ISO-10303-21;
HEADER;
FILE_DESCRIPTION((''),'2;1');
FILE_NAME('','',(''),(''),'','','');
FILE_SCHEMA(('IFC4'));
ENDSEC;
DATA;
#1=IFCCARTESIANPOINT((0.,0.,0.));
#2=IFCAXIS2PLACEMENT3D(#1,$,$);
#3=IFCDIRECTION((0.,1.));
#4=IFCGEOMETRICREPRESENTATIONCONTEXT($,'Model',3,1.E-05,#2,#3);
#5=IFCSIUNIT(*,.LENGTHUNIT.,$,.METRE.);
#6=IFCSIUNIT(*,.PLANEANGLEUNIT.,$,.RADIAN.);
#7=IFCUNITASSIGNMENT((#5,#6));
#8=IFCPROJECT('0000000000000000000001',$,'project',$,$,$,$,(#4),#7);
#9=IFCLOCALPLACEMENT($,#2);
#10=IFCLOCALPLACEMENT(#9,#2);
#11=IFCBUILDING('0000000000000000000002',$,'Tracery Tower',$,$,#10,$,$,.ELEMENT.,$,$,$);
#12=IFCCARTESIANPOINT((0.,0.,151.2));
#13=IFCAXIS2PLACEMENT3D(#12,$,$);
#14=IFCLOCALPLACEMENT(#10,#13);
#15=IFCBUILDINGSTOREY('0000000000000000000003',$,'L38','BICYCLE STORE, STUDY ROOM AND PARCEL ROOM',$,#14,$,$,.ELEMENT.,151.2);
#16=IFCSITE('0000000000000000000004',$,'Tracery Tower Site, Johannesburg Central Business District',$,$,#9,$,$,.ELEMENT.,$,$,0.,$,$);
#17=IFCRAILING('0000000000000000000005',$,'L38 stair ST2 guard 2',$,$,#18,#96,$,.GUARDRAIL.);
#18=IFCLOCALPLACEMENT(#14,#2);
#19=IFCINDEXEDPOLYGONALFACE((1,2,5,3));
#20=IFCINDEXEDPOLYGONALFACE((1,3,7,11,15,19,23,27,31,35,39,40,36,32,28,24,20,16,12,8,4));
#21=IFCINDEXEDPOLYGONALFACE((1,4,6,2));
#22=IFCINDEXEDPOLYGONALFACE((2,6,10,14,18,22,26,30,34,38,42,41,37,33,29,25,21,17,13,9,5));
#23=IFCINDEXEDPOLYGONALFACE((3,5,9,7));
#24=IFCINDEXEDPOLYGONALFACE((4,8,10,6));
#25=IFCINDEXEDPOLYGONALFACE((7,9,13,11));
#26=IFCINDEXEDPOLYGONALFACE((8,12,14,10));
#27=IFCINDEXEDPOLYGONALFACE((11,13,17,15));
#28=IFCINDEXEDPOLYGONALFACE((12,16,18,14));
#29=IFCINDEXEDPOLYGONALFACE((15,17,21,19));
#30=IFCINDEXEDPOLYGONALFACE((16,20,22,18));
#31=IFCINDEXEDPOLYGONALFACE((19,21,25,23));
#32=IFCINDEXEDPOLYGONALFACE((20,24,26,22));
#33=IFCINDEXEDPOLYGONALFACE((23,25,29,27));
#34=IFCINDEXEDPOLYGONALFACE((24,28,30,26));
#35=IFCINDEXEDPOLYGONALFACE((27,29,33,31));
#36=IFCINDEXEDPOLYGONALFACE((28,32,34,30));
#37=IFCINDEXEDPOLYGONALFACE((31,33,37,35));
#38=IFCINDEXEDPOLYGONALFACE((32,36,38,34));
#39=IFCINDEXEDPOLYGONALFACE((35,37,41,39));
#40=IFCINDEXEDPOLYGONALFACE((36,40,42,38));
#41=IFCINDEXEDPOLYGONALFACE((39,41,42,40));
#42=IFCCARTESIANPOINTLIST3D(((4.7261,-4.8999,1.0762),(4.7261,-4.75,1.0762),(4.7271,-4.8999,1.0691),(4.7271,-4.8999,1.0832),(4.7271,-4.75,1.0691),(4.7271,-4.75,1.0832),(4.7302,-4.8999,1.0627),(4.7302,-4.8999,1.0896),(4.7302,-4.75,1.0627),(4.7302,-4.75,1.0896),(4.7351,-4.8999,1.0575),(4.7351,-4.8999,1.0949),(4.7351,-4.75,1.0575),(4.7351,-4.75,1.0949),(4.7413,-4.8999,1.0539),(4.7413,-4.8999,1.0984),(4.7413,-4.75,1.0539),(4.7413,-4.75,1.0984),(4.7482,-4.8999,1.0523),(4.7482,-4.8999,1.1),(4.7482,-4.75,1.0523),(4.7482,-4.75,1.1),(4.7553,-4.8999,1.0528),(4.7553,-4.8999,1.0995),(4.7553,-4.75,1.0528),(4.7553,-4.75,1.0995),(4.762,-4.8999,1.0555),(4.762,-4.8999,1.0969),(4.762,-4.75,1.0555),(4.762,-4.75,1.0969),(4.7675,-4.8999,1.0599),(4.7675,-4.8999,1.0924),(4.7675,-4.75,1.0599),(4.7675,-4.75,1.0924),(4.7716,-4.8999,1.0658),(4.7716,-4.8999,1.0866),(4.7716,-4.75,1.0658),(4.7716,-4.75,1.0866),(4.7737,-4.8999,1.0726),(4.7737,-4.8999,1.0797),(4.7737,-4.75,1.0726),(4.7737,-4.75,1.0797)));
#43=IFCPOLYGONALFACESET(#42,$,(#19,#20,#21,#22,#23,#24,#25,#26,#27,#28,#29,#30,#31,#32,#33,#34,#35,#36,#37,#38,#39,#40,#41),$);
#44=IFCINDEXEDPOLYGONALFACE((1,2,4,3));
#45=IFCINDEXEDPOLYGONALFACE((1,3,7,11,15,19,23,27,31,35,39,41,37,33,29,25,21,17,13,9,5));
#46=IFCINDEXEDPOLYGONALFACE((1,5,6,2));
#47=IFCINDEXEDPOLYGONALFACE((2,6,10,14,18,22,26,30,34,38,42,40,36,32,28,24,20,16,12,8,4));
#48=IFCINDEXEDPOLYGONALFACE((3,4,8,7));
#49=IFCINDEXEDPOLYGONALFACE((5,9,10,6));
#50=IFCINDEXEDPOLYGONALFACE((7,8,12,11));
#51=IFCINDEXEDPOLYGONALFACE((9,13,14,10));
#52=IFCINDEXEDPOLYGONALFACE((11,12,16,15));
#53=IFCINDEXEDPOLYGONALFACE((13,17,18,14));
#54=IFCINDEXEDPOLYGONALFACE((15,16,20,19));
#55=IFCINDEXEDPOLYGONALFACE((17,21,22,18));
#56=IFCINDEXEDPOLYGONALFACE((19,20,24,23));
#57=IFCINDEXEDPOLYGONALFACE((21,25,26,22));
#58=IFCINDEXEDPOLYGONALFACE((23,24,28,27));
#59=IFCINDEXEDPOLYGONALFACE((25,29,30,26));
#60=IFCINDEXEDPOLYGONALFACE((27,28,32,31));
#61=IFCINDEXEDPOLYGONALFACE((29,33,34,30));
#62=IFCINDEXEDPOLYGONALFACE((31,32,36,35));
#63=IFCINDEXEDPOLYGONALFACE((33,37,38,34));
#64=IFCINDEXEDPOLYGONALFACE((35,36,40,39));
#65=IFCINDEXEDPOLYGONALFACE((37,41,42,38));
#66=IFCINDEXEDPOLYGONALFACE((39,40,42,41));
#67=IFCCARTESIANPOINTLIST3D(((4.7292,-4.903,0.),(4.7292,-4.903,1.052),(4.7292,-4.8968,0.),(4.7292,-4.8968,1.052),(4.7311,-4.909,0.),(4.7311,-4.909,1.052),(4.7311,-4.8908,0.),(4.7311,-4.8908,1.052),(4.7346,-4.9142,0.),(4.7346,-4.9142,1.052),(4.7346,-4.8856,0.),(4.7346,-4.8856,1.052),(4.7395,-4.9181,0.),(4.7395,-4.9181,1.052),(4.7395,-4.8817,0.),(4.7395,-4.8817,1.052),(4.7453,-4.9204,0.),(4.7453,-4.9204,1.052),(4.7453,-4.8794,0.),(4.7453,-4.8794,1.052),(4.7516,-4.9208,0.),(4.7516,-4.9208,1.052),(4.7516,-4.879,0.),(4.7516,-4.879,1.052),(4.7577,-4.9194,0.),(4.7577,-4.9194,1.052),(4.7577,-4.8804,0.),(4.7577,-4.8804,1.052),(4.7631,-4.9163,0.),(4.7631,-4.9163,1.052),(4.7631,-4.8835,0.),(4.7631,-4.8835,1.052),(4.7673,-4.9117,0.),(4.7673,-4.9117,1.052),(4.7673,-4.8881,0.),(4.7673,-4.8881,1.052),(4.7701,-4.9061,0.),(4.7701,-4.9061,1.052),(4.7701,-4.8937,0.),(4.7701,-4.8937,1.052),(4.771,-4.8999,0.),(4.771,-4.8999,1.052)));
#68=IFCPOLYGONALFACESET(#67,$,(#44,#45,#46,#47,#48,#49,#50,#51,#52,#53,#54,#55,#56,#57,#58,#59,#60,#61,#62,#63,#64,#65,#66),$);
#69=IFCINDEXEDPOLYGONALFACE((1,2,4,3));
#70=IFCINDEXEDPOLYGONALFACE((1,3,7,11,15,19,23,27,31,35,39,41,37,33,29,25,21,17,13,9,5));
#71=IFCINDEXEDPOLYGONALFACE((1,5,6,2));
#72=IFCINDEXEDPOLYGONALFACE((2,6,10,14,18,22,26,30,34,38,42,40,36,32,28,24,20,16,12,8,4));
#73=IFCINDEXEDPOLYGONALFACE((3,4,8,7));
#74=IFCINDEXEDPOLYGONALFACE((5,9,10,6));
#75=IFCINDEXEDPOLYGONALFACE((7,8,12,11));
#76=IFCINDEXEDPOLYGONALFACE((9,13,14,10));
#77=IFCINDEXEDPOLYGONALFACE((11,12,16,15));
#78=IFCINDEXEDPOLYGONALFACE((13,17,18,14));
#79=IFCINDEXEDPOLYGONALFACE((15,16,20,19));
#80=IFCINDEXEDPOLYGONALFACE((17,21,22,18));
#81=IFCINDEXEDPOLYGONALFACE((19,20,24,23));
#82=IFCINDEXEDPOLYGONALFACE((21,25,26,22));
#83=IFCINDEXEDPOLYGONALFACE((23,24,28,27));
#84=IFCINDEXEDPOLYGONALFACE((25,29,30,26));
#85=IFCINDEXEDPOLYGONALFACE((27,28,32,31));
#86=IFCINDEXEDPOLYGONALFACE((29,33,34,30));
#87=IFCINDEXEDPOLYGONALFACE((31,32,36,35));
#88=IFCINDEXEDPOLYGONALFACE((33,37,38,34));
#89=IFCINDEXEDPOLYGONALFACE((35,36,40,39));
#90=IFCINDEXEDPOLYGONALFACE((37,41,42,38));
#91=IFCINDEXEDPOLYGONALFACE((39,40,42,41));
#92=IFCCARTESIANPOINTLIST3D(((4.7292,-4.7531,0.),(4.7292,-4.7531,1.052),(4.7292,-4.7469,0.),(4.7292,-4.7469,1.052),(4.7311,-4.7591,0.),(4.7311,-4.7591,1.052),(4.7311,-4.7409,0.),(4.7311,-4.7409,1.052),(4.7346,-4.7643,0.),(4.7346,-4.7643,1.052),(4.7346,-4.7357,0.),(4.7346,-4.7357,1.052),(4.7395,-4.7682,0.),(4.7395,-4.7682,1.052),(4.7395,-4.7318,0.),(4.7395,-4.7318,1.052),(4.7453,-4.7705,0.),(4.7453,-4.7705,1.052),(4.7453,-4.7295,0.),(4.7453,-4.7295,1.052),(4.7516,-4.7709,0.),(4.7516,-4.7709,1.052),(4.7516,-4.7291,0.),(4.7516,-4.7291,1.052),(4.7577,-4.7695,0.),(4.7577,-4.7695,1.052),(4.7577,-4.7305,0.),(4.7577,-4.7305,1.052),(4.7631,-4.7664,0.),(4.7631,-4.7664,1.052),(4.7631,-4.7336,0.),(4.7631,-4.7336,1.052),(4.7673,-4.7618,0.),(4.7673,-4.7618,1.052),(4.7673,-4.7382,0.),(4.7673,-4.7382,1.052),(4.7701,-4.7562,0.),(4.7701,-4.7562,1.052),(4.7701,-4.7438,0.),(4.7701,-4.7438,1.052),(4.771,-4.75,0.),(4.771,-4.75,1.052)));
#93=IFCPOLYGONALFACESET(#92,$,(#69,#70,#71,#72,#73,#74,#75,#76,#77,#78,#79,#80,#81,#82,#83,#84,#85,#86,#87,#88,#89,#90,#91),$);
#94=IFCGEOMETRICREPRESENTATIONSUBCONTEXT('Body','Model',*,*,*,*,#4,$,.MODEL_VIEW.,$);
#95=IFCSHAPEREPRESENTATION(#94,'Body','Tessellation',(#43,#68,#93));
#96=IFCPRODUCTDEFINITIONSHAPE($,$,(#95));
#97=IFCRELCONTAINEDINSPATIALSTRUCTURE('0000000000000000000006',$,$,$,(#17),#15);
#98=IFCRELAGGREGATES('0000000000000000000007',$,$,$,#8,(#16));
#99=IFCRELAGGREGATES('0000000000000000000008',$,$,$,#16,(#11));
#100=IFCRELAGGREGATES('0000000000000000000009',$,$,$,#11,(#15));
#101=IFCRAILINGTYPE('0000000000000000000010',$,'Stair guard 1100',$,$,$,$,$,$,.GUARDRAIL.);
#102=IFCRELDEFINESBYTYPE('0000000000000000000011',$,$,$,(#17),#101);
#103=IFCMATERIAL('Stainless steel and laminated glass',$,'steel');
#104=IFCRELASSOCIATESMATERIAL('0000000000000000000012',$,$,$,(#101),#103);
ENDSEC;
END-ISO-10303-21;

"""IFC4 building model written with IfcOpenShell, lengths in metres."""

from ifc_helpers import new_model, si_unit, direction, frame, origin, origin_2d, place, context, subcontext, project, spatial, circle, extrude, material, type_object, element, save


model = new_model("IFC4")

# Units and contexts
model_context = context("Model", 3, precision=1e-05, world=origin(), true_north=direction((0.0, 1.0)))
body_context = subcontext(model_context, "Body", "Model", "MODEL_VIEW")
ifc_project = project(units=[si_unit("LENGTHUNIT", "METRE"), si_unit("PLANEANGLEUNIT", "RADIAN")], contexts=[model_context])

# Site, building, storey
site_placement = place(None, origin())
site = spatial("IfcSite", under=ifc_project, at=site_placement, Name="Tracery Tower Site, Johannesburg Central Business District", CompositionType="ELEMENT", RefElevation=0.0)
building_placement = place(site_placement, origin())
building = spatial("IfcBuilding", under=site, at=building_placement, Name="Tracery Tower", CompositionType="ELEMENT")
storey_placement = place(building_placement, frame((0.0, 0.0, 151.2)))
storey = spatial("IfcBuildingStorey", under=building, at=storey_placement, Name="L38", Description="BICYCLE STORE, STUDY ROOM AND PARCEL ROOM", CompositionType="ELEMENT", Elevation=151.2)

# Railing
ifc_material_1 = material(Name="Stainless steel and laminated glass", Category="steel")
railing_type_1 = type_object("IfcRailingType", Name="Stair guard 1100", PredefinedType="GUARDRAIL", material=ifc_material_1)
railing_1_placement = place(storey_placement, frame((4.75, -4.8999, 0.0)))
element("IfcRailing", 1, at=railing_1_placement, inside=storey, type_object=railing_type_1, Name="L38 stair ST2 guard 2", PredefinedType="GUARDRAIL", context=body_context, shape_type="SweptSolid", body=[
    extrude(circle(Radius=0.0239, at=origin_2d()), frame((0.0, 0.0, 1.0762), z_axis=(0.0, 1.0, 0.0), x_axis=(-1.0, 0.0, 0.0)), (0.0, 0.0, 1.0), 0.1499),
    extrude(circle(Radius=0.021, at=origin_2d()), origin(), (0.0, 0.0, 1.0), 1.052),
    extrude(circle(Radius=0.021, at=origin_2d()), frame((0.0, 0.1499, 0.0)), (0.0, 0.0, 1.0), 1.052),
])

save(model, "model.ifc")
